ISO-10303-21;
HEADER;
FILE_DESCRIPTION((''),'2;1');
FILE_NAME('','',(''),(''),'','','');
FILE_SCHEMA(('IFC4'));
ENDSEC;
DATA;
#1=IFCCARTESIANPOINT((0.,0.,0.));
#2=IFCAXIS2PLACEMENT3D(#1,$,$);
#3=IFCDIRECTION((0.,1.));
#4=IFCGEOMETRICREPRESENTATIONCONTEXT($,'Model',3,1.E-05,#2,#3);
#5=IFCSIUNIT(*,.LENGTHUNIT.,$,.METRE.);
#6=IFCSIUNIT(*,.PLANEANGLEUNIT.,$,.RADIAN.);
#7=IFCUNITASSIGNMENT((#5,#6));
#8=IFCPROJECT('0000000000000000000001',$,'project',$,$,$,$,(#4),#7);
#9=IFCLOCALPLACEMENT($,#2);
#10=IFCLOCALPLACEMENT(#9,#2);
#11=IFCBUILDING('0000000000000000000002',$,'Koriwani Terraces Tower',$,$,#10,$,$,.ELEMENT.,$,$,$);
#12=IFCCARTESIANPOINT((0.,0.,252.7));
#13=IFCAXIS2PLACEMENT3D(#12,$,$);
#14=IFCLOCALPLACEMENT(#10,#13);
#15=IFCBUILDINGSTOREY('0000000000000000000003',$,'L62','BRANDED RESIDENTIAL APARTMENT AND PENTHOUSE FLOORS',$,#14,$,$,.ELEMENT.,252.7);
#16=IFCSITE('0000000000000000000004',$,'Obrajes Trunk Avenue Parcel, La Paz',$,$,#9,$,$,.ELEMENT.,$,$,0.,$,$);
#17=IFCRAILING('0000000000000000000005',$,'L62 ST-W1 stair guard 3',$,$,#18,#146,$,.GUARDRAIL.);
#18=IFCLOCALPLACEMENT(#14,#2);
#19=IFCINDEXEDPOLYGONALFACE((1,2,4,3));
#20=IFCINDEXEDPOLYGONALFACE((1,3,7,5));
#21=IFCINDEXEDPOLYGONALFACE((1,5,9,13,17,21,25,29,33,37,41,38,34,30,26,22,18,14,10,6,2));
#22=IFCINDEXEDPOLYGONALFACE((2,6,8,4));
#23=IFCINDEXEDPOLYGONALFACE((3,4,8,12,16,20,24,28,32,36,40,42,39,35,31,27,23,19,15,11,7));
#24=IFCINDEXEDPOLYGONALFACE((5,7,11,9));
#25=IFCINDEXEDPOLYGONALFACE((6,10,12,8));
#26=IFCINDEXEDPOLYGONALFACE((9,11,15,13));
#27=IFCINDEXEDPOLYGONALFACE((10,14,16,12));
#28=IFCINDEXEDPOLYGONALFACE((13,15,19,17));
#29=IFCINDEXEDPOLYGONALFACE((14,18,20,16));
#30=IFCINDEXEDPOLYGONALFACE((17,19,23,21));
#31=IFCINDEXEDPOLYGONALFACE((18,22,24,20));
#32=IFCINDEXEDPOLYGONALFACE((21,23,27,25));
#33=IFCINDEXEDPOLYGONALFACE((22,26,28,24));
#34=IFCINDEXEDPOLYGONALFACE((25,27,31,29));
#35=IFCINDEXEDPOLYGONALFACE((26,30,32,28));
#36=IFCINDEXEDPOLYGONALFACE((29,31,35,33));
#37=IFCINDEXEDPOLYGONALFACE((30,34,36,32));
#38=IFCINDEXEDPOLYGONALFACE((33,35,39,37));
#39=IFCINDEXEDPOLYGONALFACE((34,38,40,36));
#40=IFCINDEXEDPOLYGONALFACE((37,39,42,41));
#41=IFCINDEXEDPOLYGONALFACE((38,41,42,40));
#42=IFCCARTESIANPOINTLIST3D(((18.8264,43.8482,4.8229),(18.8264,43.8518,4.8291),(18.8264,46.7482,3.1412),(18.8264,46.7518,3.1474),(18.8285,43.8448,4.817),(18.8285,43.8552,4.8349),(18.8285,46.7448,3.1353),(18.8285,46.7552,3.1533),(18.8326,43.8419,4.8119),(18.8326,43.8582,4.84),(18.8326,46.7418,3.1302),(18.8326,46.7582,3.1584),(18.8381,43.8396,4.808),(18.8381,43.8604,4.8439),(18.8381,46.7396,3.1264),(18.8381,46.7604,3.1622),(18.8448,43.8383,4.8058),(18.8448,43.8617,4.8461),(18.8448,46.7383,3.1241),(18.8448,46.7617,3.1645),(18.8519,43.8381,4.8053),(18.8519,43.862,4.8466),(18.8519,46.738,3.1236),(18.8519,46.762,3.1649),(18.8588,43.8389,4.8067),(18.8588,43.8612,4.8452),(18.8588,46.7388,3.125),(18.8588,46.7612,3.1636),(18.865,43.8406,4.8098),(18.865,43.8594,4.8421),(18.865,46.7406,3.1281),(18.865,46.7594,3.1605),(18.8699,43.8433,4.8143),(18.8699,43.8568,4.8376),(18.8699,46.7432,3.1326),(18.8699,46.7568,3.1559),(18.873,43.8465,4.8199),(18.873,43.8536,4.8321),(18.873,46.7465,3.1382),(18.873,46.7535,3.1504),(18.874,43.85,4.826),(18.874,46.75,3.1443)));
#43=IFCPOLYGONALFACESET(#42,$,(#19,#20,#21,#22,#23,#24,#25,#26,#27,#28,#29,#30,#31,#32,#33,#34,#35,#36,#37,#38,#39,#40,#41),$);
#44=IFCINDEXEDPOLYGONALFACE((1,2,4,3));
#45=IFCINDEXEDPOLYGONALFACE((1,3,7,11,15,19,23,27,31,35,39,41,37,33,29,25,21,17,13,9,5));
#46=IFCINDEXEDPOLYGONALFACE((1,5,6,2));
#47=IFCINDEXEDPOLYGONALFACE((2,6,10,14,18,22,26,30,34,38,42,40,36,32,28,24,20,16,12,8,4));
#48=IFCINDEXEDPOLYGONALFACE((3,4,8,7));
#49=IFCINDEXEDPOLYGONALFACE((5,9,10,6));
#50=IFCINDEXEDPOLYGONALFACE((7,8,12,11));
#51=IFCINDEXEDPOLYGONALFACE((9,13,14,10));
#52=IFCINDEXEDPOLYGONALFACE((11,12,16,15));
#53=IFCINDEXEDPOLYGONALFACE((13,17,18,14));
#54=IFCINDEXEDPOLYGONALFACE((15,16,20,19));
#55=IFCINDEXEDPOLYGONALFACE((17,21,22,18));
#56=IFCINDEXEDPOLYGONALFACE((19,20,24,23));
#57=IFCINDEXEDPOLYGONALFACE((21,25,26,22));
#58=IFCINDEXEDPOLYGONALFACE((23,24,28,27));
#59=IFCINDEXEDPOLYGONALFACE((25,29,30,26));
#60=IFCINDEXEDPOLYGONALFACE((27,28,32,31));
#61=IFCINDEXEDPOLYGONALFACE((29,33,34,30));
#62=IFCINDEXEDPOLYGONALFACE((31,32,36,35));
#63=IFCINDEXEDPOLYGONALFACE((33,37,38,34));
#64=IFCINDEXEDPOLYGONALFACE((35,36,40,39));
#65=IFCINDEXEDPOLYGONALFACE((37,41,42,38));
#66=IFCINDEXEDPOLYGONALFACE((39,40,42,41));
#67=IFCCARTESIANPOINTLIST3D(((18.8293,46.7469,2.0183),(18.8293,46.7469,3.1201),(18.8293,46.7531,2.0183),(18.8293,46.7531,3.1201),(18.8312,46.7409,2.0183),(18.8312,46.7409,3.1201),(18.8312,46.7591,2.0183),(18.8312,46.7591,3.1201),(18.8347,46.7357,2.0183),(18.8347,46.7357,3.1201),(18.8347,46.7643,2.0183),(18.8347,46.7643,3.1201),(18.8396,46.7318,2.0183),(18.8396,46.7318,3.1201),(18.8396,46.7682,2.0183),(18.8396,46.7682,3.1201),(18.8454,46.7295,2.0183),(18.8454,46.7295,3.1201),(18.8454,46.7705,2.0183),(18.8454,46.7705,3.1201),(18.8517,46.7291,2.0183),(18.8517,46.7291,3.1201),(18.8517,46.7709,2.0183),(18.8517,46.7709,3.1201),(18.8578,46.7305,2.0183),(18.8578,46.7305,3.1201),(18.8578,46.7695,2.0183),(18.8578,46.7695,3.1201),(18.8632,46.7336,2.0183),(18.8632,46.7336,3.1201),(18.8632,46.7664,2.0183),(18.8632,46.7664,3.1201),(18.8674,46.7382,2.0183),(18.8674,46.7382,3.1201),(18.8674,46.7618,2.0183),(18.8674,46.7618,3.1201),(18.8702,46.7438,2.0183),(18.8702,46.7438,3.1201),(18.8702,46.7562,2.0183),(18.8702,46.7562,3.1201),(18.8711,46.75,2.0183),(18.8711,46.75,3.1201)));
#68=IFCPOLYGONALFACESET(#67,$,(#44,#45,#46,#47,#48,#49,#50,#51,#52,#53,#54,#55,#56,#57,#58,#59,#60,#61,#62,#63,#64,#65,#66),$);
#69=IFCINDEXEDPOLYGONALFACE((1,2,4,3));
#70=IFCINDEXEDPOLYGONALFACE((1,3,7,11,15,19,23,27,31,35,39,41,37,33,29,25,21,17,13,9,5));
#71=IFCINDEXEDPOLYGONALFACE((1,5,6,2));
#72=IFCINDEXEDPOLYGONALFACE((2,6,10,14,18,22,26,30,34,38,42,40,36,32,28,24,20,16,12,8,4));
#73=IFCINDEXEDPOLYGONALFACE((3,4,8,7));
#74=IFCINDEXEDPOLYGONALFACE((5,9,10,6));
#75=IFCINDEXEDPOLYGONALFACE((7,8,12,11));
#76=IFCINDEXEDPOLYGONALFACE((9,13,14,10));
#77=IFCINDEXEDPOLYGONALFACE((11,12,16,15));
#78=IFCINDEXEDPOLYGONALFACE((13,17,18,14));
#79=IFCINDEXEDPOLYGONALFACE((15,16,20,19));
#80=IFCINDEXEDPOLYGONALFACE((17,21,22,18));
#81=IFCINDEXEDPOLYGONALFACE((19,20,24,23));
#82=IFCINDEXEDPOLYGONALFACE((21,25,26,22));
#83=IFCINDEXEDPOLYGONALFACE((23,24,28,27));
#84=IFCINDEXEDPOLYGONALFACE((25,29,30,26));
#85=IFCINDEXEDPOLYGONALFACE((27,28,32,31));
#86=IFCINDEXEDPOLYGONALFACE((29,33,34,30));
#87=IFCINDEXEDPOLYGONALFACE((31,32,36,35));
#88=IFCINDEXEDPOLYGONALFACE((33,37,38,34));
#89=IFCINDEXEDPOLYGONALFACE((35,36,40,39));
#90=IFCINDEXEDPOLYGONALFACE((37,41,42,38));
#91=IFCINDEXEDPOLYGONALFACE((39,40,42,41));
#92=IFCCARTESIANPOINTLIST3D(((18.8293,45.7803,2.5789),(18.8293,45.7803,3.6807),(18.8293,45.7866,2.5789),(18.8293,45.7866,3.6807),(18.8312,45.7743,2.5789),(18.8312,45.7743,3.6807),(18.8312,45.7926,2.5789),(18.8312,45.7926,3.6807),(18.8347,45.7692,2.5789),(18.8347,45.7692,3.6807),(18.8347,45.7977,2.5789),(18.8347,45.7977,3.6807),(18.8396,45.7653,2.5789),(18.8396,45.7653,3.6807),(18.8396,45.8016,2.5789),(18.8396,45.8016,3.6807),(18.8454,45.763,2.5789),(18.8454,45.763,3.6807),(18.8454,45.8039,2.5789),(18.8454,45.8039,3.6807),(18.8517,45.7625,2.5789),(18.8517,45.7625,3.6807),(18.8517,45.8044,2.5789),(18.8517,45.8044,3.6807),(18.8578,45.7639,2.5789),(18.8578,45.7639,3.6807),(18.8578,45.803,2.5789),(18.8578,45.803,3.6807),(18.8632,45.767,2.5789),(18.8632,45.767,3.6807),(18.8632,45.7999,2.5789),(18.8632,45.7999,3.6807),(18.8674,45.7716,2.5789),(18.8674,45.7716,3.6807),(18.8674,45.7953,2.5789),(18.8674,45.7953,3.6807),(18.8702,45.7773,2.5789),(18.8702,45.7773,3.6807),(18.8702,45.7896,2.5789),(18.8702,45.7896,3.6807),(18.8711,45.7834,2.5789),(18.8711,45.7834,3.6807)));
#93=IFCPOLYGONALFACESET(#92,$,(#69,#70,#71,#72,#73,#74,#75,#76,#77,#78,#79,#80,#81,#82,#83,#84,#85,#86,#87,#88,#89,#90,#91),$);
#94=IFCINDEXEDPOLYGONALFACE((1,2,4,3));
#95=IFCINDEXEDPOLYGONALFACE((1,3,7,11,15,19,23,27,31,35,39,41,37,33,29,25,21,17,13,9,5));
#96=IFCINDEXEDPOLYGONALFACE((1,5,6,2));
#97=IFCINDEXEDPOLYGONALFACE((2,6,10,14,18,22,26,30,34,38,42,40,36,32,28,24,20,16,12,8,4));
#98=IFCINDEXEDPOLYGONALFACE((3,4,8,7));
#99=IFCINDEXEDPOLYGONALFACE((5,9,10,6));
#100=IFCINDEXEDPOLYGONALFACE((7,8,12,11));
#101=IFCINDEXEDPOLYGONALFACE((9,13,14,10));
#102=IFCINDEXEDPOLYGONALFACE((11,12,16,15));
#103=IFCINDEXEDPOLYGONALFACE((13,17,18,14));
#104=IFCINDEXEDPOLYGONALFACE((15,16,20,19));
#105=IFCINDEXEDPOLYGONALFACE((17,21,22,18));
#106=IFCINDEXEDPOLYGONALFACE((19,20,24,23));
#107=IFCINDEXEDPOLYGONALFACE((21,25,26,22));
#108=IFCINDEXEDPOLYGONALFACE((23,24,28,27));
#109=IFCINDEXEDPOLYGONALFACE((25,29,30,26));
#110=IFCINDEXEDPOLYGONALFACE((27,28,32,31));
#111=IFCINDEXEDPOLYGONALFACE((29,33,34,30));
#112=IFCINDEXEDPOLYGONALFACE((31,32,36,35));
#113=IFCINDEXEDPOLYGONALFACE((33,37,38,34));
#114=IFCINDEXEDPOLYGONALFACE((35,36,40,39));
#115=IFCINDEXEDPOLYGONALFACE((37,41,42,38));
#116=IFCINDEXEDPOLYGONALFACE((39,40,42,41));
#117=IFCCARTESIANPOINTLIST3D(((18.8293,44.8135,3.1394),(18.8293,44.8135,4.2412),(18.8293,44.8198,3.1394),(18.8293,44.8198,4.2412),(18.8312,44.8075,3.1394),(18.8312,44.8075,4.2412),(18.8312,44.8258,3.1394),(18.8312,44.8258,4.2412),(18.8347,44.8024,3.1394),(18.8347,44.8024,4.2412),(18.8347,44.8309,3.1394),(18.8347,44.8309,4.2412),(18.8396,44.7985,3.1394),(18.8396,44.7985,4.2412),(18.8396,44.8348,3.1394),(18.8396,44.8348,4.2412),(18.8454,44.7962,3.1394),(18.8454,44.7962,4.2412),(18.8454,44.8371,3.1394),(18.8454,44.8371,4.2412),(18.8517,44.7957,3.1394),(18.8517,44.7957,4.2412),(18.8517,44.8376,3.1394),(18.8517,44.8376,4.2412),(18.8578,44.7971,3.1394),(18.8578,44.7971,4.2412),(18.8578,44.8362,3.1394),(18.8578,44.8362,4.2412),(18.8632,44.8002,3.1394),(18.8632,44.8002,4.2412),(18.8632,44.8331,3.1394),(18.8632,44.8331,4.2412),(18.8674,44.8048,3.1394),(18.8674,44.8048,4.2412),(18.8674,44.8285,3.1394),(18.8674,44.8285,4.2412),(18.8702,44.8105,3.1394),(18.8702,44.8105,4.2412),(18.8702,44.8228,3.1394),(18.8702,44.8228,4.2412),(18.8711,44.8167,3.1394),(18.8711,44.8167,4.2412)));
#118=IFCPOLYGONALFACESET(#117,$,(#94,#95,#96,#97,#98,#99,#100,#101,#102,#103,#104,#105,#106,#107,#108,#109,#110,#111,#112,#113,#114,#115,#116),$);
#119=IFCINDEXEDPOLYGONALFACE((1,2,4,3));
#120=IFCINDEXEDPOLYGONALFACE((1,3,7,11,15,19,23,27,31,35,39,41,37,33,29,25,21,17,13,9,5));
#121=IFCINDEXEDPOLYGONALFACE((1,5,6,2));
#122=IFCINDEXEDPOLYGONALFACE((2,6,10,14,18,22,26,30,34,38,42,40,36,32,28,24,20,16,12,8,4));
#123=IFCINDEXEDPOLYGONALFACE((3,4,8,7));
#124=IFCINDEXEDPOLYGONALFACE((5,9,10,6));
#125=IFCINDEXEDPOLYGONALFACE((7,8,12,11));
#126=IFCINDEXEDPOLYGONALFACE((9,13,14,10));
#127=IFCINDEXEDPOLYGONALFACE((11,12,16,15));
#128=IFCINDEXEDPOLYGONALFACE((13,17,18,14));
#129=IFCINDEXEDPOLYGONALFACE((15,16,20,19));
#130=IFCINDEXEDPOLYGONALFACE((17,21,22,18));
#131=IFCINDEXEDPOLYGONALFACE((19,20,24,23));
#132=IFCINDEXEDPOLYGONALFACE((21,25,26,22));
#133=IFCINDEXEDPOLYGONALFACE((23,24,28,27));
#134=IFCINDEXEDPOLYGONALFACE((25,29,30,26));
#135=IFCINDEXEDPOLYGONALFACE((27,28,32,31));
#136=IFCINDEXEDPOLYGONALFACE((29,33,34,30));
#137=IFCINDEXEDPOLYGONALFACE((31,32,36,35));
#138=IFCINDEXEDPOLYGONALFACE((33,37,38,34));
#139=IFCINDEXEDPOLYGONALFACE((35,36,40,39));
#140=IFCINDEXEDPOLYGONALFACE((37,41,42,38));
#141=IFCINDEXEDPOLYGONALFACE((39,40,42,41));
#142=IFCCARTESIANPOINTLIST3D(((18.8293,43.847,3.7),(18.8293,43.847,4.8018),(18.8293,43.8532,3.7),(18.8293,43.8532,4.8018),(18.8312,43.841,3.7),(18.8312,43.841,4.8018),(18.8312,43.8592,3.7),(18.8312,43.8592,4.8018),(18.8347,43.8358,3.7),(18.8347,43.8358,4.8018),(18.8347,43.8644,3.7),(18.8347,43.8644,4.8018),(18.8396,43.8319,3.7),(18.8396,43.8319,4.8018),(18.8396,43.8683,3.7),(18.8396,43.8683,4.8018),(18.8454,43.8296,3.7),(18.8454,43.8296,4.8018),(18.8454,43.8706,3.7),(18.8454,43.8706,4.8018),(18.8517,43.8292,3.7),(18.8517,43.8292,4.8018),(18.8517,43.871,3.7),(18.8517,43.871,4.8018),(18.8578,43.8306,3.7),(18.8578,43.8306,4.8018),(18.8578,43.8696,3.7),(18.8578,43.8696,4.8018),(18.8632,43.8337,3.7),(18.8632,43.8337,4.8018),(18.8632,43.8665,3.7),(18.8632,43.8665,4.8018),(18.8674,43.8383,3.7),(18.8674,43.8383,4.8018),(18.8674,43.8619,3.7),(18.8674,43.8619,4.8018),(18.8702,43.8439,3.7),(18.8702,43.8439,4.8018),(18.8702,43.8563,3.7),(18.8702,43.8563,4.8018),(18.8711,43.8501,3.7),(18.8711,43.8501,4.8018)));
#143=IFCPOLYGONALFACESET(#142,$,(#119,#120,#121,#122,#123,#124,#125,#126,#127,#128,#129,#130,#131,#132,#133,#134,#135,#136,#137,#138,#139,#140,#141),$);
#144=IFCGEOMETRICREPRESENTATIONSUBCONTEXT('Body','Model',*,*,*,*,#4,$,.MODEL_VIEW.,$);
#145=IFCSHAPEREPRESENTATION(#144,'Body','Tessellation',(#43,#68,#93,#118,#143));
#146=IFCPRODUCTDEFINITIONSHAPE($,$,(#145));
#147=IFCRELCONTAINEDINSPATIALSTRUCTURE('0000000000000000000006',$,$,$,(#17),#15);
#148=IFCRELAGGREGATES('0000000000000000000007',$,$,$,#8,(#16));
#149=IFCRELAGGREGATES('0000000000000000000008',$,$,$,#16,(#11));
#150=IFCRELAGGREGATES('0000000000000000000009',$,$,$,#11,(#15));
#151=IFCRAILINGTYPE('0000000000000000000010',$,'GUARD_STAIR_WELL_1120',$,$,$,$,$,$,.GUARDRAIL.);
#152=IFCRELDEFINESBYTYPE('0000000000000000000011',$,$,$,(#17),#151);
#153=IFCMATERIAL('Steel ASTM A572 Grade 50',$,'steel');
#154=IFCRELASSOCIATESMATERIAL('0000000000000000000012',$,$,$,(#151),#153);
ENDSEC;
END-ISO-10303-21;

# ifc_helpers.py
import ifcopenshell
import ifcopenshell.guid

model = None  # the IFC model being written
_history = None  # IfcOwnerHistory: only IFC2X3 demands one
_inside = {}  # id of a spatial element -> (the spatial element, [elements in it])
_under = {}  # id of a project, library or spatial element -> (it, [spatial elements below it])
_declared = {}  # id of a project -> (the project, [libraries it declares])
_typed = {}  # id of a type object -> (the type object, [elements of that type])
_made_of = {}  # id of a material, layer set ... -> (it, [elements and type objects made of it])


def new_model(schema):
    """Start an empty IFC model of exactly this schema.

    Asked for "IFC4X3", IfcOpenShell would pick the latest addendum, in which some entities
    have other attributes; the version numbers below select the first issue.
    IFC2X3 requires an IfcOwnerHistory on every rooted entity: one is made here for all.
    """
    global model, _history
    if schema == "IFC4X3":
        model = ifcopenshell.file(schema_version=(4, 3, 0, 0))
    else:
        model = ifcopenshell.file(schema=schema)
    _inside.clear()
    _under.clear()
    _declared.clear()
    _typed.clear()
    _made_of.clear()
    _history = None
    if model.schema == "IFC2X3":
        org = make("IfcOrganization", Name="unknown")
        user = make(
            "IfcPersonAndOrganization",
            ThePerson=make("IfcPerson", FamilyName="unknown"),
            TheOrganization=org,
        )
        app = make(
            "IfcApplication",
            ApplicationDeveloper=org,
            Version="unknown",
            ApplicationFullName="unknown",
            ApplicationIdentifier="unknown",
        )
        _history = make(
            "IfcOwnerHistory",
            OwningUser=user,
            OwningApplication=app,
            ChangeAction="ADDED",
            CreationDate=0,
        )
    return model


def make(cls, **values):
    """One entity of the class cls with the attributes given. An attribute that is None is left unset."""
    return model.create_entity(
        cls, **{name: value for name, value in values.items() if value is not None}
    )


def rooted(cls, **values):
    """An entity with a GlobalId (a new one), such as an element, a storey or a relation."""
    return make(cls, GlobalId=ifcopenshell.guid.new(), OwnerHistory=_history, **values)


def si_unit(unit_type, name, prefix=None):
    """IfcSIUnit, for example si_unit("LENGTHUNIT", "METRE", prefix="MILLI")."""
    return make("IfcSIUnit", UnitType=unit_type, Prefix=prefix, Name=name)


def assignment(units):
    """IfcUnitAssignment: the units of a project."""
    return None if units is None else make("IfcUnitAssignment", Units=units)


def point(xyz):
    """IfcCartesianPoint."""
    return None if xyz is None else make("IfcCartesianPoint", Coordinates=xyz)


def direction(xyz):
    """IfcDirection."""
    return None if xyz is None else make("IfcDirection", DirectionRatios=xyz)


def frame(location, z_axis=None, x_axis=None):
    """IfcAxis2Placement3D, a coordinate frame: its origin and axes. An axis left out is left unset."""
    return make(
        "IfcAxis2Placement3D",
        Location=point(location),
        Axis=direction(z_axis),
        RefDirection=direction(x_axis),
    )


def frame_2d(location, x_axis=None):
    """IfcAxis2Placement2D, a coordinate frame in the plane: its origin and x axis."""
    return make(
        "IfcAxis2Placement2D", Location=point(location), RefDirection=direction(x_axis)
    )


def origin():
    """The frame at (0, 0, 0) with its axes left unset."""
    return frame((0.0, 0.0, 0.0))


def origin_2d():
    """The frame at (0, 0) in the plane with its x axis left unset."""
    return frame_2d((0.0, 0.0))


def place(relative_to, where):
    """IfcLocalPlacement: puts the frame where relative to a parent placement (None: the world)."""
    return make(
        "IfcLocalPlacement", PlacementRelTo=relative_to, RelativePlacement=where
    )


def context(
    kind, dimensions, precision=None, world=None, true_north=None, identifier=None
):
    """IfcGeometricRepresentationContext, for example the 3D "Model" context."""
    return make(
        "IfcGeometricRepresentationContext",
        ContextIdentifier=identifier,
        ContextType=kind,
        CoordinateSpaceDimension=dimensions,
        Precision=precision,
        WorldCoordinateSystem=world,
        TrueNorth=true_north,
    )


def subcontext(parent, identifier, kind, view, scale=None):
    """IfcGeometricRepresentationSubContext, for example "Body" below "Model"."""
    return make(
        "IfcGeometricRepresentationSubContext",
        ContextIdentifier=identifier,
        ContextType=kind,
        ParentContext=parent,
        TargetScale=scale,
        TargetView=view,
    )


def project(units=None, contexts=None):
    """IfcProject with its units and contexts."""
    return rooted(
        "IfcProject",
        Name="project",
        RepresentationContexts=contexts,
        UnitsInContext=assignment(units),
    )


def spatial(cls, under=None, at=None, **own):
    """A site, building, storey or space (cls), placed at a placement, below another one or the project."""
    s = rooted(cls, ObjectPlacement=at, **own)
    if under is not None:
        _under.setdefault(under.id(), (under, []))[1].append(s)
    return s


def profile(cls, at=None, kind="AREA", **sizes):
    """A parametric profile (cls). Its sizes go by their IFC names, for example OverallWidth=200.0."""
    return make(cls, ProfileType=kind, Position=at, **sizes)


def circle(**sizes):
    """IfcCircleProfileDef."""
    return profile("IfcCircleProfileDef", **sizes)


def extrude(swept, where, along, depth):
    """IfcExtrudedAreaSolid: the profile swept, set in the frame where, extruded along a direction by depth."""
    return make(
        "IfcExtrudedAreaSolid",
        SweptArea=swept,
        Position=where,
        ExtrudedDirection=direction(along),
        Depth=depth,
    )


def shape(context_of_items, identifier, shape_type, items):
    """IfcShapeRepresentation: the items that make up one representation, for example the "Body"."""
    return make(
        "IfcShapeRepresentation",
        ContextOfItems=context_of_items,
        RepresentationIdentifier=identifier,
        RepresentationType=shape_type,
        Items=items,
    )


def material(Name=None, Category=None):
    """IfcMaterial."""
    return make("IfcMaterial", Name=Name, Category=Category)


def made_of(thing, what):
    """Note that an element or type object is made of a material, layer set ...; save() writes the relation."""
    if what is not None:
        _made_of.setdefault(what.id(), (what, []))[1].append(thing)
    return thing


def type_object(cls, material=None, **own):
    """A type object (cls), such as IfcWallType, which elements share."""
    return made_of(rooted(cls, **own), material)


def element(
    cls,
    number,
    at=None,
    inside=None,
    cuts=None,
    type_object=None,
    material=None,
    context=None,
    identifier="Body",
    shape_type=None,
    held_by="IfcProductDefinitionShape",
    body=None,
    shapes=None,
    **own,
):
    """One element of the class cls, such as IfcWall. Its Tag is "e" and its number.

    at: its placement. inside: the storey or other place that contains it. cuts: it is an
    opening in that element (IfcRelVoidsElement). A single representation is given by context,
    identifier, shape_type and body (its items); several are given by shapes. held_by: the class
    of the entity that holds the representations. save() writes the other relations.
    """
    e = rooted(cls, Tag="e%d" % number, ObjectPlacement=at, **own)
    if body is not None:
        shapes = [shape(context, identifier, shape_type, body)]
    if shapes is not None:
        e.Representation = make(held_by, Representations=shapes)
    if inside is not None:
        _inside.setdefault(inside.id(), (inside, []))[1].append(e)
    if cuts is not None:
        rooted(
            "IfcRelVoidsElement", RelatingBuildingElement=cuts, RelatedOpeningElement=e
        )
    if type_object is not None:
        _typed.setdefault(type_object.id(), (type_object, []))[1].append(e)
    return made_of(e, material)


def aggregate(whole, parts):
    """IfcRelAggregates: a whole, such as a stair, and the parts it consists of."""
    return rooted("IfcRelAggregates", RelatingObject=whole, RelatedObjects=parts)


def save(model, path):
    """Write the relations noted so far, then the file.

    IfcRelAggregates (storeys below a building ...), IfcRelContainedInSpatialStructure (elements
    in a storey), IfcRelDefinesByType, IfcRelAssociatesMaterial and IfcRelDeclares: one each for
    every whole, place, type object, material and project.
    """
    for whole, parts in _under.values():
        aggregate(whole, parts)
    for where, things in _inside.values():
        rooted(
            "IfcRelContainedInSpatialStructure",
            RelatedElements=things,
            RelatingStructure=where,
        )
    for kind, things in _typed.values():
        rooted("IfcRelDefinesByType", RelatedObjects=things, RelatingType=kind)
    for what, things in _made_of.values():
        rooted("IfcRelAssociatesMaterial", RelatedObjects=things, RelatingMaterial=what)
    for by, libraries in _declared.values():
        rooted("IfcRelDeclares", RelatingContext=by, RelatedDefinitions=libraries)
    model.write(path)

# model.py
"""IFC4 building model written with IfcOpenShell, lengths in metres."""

from ifc_helpers import new_model, si_unit, direction, frame, origin, origin_2d, place, context, subcontext, project, spatial, circle, extrude, material, type_object, element, save


model = new_model("IFC4")

# Units and contexts
model_context = context("Model", 3, precision=1e-05, world=origin(), true_north=direction((0.0, 1.0)))
body_context = subcontext(model_context, "Body", "Model", "MODEL_VIEW")
ifc_project = project(units=[si_unit("LENGTHUNIT", "METRE"), si_unit("PLANEANGLEUNIT", "RADIAN")], contexts=[model_context])

# Site, building, storey
site_placement = place(None, origin())
site = spatial("IfcSite", under=ifc_project, at=site_placement, Name="Obrajes Trunk Avenue Parcel, La Paz", CompositionType="ELEMENT", RefElevation=0.0)
building_placement = place(site_placement, origin())
building = spatial("IfcBuilding", under=site, at=building_placement, Name="Koriwani Terraces Tower", CompositionType="ELEMENT")
storey_placement = place(building_placement, frame((0.0, 0.0, 252.7)))
storey = spatial("IfcBuildingStorey", under=building, at=storey_placement, Name="L62", Description="BRANDED RESIDENTIAL APARTMENT AND PENTHOUSE FLOORS", CompositionType="ELEMENT", Elevation=252.7)

# Shared definitions
ifc_material_1 = material(Name="Steel ASTM A572 Grade 50", Category="steel")

# Railing
railing_type_1 = type_object("IfcRailingType", Name="GUARD_STAIR_WELL_1120", PredefinedType="GUARDRAIL", material=ifc_material_1)
railing_1_placement = place(storey_placement, frame((18.8501, 46.75, 2.0183)))
element("IfcRailing", 1, at=railing_1_placement, inside=storey, type_object=railing_type_1, Name="L62 ST-W1 stair guard 3", PredefinedType="GUARDRAIL", context=body_context, shape_type="SweptSolid", body=[
    extrude(circle(Radius=0.0239, at=origin_2d()), frame((0.0, 0.0, 1.126), z_axis=(0.0, -0.86507, 0.501651), x_axis=(1.0, 0.0, 0.0)), (0.0, 0.0, 1.0), 3.3523),
    extrude(circle(Radius=0.021, at=origin_2d()), origin(), (0.0, 0.0, 1.0), 1.1018),
    extrude(circle(Radius=0.021, at=origin_2d()), frame((0.0, -0.9666, 0.5605)), (0.0, 0.0, 1.0), 1.1018),
    extrude(circle(Radius=0.021, at=origin_2d()), frame((0.0, -1.9333, 1.1211)), (0.0, 0.0, 1.0), 1.1018),
    extrude(circle(Radius=0.021, at=origin_2d()), frame((0.0, -2.8999, 1.6816)), (0.0, 0.0, 1.0), 1.1018),
])

save(model, "model.ifc")
